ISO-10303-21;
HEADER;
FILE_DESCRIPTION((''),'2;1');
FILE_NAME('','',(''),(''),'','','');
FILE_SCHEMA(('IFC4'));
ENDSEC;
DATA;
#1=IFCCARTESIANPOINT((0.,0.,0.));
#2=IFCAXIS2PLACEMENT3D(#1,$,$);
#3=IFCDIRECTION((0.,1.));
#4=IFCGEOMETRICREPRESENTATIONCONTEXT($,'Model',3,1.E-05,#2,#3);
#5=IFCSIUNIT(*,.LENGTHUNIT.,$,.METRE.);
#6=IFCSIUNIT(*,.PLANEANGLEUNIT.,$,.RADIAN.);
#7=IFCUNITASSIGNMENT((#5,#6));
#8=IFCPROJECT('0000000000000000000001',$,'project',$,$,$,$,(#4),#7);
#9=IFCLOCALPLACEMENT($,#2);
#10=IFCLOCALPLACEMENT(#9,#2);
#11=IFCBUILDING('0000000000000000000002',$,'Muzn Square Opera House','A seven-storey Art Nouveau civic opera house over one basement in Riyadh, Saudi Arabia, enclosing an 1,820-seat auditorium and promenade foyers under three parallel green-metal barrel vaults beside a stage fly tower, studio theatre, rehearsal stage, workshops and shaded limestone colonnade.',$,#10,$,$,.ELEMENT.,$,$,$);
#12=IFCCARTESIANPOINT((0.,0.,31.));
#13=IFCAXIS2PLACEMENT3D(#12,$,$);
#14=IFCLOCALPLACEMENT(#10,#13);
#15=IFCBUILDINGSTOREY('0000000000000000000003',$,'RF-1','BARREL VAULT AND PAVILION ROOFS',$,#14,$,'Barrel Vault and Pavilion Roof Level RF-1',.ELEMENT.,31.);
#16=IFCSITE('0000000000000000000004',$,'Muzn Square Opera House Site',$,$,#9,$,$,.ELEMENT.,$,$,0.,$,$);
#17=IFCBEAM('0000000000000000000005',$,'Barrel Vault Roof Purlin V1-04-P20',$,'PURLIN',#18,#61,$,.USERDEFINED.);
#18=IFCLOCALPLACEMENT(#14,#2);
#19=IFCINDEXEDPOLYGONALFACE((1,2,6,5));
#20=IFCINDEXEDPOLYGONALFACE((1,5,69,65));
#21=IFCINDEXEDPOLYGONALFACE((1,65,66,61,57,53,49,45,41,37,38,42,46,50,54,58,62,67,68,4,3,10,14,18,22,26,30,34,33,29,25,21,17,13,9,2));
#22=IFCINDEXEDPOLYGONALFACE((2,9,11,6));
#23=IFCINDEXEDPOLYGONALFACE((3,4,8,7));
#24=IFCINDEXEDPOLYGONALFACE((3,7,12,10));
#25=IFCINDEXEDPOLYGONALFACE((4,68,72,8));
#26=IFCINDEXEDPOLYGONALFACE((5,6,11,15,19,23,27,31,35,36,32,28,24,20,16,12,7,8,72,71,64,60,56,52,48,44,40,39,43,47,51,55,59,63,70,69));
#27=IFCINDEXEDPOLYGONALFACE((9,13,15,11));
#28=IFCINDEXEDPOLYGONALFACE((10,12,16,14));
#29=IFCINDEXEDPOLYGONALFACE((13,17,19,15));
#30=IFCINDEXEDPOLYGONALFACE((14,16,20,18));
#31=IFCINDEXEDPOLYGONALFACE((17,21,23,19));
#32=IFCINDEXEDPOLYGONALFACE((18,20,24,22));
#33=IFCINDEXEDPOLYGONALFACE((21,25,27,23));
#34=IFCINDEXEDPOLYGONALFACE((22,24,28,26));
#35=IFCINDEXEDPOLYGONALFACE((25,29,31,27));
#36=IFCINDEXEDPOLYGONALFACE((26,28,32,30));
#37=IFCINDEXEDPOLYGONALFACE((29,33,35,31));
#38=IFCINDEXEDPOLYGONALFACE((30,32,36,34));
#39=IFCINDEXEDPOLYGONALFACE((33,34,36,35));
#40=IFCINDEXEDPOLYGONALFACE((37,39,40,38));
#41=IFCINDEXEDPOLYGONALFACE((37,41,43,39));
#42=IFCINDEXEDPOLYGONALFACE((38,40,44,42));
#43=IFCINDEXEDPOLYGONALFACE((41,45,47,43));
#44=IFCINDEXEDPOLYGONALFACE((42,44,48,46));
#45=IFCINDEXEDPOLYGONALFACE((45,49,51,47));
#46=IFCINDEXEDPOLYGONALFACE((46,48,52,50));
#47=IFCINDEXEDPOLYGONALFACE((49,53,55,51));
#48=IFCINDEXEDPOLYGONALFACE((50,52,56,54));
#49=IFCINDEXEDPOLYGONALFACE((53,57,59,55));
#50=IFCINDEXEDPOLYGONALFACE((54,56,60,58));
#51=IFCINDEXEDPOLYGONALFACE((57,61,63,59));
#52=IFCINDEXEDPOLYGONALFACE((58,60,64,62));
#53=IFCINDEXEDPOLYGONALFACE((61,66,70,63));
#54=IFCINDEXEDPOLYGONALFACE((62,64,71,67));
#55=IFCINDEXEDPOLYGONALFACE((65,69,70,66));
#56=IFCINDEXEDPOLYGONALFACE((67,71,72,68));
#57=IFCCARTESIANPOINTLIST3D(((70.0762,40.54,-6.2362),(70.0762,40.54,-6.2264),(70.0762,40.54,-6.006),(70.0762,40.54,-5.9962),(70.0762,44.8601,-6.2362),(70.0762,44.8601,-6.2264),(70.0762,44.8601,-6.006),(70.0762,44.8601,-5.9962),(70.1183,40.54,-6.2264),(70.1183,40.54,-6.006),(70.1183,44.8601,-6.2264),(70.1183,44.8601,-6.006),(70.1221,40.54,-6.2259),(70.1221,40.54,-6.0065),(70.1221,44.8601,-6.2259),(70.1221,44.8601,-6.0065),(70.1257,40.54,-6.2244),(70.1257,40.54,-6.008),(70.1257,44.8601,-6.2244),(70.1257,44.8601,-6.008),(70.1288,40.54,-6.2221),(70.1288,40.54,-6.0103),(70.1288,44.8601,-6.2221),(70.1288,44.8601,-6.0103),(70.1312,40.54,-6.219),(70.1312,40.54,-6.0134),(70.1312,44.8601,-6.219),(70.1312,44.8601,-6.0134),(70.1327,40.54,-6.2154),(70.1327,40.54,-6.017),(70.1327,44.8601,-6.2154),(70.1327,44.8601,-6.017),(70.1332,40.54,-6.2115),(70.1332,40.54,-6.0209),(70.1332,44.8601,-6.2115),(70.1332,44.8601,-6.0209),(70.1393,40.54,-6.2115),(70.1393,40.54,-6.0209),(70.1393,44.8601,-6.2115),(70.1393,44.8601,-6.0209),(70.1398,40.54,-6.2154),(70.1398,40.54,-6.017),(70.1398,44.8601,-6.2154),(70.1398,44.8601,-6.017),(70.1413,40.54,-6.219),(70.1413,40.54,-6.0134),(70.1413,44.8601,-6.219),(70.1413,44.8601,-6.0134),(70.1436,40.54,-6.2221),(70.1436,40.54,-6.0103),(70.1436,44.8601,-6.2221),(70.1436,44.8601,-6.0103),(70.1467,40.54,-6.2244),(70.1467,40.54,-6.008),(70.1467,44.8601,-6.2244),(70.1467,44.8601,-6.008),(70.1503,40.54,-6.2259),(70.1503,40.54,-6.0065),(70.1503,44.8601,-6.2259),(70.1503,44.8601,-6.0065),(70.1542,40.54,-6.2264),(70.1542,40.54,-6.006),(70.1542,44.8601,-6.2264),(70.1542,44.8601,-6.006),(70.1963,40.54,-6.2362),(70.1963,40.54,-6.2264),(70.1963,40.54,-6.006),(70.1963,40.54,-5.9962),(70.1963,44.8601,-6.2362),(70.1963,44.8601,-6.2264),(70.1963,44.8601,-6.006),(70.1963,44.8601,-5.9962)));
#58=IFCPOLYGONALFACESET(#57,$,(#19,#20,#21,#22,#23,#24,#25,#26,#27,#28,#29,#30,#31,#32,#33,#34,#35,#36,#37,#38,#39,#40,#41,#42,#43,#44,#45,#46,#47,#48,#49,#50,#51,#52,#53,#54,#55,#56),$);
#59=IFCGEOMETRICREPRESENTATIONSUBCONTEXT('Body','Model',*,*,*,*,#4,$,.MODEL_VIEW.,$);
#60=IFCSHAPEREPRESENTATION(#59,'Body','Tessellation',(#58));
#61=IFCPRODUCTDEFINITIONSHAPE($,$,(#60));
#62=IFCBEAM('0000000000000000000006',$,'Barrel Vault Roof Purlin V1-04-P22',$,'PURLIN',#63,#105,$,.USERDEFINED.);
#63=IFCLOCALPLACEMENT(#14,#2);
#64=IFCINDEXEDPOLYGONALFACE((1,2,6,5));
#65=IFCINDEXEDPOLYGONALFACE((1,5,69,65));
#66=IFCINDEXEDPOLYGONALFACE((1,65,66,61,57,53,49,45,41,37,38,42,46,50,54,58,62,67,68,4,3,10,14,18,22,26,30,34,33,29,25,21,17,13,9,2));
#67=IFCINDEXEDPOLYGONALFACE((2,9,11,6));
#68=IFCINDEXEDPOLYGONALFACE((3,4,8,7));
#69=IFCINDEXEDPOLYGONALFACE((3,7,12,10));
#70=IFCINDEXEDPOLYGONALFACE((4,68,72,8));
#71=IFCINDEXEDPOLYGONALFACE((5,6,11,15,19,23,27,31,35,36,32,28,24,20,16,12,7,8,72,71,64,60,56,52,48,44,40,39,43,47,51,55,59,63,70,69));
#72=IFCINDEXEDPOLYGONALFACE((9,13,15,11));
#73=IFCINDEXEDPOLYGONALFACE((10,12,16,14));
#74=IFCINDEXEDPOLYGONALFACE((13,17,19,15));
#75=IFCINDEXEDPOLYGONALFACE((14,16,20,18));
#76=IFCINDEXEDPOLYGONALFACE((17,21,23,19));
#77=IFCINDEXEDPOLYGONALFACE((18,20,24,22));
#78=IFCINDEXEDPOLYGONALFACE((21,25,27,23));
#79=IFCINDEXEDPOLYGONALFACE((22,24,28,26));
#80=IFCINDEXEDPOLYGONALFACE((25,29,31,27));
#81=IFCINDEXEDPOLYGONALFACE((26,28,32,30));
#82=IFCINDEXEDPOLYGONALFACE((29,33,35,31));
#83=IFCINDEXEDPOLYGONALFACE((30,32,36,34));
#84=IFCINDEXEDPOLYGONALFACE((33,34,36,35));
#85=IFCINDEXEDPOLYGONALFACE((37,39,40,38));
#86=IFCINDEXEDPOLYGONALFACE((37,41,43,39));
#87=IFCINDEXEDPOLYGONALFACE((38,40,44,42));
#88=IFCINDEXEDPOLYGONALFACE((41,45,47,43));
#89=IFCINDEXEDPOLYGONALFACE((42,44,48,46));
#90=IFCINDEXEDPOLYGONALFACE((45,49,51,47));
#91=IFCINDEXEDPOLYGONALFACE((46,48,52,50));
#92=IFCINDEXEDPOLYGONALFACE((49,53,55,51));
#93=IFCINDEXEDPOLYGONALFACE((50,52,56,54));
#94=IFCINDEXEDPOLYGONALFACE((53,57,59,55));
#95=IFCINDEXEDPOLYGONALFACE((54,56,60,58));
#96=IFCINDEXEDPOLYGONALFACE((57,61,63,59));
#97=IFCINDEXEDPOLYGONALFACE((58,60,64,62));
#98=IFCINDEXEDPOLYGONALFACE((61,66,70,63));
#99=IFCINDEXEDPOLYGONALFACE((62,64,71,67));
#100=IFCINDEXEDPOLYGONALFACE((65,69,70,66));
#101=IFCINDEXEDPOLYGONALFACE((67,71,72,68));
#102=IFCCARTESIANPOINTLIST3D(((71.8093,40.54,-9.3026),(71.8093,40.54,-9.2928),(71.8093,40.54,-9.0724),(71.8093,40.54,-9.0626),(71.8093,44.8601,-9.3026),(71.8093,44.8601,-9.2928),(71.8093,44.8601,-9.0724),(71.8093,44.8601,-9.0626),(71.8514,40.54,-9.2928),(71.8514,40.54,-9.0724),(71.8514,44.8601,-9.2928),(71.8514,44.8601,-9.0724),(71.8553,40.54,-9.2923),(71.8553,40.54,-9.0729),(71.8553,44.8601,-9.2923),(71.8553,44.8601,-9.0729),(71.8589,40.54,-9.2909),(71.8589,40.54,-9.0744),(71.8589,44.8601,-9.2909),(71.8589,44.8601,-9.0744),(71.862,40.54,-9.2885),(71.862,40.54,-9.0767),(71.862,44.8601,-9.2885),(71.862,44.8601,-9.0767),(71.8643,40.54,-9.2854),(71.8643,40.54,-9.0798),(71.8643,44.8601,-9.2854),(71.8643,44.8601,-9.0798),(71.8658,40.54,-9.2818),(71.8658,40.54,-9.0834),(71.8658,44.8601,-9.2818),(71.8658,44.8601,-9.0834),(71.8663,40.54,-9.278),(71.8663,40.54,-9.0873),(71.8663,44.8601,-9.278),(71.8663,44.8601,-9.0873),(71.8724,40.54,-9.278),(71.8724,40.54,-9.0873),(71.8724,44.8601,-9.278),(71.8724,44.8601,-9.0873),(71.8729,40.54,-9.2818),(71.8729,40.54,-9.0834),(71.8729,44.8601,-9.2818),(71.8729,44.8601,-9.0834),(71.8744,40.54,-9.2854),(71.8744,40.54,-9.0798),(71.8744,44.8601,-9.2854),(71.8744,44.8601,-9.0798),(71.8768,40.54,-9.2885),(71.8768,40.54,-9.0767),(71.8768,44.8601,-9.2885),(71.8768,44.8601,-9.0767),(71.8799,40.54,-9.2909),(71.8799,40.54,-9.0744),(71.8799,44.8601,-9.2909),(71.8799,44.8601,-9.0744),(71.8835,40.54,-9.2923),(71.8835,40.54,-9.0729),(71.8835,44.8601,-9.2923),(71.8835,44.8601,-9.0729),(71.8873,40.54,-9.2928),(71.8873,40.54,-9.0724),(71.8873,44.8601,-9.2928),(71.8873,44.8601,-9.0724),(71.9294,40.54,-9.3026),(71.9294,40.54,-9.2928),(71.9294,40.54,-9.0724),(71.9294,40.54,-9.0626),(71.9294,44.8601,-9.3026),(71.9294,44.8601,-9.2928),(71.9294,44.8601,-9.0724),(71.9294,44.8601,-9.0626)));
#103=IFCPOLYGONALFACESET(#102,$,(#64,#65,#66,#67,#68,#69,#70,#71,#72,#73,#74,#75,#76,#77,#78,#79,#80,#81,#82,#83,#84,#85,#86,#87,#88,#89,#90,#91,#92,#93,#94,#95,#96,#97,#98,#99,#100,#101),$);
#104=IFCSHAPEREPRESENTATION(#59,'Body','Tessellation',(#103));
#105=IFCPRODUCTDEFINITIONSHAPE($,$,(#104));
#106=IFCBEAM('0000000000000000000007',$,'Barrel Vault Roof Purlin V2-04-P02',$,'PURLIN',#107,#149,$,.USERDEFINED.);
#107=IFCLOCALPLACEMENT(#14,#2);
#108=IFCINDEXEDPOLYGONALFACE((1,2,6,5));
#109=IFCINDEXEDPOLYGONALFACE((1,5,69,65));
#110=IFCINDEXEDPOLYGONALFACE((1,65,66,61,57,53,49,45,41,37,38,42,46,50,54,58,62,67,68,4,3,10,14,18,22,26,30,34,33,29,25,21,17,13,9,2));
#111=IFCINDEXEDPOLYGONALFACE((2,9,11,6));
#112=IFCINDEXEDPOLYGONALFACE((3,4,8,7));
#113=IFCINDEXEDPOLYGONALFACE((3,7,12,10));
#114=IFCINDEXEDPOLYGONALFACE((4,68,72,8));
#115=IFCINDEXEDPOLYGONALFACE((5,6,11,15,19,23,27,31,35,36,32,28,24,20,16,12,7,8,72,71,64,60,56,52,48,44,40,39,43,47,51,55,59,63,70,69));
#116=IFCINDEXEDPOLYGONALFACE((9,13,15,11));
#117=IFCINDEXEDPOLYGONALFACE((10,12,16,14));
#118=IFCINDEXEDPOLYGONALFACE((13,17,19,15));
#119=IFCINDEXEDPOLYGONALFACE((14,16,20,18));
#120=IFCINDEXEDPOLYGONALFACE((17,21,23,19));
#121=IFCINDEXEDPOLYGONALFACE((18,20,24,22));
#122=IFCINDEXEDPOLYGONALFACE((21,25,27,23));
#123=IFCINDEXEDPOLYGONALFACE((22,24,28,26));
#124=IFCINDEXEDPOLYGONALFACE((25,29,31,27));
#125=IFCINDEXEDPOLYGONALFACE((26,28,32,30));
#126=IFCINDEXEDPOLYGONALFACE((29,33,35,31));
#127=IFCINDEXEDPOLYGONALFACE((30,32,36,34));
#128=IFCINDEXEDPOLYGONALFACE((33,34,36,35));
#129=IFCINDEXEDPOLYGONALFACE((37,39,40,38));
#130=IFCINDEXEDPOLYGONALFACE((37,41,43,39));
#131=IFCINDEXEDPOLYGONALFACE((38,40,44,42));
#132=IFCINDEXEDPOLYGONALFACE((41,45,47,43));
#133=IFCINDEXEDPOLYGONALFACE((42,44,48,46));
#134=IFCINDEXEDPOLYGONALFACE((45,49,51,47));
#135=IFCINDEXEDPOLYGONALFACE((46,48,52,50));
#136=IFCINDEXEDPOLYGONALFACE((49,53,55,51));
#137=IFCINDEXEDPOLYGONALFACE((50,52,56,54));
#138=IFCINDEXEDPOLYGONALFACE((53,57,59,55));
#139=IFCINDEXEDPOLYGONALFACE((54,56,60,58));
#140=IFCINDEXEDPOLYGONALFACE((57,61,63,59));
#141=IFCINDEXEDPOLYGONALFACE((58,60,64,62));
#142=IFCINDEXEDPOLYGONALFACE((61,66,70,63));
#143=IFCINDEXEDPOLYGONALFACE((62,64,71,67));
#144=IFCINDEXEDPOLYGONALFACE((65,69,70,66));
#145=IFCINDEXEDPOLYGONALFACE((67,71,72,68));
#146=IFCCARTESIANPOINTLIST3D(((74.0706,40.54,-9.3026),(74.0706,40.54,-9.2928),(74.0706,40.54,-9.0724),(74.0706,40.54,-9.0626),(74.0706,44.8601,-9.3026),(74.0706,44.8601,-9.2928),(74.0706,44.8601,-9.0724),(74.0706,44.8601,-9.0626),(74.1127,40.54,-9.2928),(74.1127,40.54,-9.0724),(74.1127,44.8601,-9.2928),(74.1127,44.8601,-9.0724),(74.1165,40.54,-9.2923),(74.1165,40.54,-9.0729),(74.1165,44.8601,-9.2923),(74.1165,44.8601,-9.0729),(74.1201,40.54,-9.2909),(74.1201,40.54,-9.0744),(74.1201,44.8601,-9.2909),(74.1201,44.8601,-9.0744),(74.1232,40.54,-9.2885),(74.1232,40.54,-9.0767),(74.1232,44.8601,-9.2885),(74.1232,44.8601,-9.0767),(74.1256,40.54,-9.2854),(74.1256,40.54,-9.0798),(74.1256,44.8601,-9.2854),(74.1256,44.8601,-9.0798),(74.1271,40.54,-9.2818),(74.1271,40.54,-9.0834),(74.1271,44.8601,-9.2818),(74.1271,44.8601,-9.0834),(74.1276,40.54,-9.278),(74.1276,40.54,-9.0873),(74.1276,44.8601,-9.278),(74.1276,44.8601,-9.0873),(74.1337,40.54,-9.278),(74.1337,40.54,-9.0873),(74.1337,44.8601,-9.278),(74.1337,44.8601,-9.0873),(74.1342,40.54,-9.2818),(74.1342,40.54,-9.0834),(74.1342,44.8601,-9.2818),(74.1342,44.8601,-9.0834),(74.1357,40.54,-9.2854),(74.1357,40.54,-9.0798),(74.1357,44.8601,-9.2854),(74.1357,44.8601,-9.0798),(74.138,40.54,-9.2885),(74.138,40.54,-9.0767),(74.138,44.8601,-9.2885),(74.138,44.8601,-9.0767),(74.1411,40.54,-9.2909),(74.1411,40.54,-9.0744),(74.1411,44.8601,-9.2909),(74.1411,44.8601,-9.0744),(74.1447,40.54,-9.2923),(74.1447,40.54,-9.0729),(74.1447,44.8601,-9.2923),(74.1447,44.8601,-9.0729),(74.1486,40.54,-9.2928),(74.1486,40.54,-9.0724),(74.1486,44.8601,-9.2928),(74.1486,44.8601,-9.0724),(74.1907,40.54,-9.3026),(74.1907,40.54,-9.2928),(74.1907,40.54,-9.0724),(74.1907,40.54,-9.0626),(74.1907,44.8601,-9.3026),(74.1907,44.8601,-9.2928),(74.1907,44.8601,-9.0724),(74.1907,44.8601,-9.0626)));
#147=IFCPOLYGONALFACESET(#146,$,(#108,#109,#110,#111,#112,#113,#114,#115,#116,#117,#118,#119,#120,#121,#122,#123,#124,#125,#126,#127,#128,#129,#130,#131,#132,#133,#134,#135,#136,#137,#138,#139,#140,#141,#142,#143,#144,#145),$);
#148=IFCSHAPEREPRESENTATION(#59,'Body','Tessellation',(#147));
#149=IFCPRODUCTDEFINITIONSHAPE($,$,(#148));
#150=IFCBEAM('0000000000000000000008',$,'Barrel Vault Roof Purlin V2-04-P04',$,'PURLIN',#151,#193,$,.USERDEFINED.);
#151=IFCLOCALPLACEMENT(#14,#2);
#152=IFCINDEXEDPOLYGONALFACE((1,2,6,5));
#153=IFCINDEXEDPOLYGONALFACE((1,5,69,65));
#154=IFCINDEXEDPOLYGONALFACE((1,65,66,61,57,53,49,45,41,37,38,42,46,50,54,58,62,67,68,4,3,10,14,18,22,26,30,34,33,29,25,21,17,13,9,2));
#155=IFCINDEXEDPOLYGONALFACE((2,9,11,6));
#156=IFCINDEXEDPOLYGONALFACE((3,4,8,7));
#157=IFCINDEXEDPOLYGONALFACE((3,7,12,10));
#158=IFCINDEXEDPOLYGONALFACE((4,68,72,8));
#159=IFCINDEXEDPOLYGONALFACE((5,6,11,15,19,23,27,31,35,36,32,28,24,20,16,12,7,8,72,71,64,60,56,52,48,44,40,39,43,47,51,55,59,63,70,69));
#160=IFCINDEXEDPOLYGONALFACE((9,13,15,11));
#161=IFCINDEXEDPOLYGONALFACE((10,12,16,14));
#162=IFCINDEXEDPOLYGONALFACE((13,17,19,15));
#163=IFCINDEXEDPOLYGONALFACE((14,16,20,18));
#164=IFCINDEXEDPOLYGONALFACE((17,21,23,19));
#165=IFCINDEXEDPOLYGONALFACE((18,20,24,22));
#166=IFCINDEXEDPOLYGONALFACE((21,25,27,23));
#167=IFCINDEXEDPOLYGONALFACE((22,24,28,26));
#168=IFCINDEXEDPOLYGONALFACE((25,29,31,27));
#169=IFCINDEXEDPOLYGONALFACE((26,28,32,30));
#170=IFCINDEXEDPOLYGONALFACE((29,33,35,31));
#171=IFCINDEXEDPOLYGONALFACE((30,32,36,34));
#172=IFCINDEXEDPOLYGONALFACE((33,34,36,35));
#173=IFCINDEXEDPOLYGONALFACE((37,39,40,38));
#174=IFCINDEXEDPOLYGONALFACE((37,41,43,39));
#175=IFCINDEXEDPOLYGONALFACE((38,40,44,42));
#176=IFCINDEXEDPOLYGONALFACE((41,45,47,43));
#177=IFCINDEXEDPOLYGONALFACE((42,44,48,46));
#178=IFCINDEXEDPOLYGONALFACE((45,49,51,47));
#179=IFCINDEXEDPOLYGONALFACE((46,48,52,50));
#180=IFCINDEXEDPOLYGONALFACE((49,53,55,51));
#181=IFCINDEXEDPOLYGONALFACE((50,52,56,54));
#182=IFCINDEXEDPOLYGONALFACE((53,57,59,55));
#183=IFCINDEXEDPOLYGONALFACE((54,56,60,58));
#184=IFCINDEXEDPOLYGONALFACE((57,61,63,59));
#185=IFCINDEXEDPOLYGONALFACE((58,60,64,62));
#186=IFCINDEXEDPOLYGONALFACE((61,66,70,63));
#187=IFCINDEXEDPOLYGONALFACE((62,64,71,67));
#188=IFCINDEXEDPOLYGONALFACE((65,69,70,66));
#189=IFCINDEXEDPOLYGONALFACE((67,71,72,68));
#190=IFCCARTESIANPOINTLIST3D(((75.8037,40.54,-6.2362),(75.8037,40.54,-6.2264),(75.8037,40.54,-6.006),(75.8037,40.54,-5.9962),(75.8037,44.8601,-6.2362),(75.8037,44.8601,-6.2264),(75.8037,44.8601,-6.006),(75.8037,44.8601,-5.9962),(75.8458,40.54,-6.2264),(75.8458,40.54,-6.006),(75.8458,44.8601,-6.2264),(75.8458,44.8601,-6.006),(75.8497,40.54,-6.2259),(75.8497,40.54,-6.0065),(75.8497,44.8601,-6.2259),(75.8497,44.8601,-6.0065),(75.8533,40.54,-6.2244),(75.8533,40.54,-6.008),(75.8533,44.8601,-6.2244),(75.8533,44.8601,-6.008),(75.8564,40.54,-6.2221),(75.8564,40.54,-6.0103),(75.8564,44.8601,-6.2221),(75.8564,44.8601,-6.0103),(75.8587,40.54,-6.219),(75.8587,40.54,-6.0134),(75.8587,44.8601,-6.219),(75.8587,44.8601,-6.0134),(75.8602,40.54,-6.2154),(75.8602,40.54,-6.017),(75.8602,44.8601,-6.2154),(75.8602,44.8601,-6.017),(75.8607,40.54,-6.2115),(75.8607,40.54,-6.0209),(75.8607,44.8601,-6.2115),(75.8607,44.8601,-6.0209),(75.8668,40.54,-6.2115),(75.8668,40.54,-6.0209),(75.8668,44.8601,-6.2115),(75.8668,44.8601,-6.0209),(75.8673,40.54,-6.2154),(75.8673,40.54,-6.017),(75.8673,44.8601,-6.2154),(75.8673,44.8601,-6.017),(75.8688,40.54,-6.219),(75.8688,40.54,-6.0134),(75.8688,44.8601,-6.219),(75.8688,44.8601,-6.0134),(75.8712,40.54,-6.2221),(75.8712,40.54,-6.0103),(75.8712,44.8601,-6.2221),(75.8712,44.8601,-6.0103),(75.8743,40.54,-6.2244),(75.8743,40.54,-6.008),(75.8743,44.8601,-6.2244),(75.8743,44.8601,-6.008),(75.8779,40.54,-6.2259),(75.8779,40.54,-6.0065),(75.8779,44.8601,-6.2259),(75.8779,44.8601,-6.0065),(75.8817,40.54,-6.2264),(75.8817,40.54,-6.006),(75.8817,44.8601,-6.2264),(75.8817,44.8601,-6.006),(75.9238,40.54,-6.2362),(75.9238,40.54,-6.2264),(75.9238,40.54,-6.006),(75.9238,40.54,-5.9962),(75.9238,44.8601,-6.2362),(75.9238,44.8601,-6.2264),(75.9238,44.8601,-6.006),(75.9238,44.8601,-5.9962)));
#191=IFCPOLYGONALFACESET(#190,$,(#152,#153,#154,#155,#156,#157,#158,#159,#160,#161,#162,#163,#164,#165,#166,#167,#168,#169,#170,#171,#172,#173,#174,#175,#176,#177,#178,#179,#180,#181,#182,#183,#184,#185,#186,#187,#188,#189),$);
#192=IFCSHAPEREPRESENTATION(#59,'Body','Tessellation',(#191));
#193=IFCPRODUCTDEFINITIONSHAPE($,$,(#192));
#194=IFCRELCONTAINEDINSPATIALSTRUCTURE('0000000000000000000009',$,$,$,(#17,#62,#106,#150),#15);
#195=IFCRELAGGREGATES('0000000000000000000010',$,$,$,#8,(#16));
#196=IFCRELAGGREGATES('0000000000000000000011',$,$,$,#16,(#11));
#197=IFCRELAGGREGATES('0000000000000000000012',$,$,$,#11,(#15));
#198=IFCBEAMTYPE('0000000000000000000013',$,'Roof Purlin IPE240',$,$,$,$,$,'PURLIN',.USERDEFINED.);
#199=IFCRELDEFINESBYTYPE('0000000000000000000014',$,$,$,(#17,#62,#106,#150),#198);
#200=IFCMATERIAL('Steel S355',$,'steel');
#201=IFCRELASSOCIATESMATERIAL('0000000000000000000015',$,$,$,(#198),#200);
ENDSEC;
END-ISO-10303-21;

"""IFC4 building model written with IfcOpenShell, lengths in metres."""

from ifc_helpers import new_model, si_unit, direction, frame, origin, origin_2d, place, context, subcontext, project, spatial, i_section, extrude, material, material_profile, profile_set, type_object, element, save


model = new_model("IFC4")

# Units and contexts
model_context = context("Model", 3, precision=1e-05, world=origin(), true_north=direction((0.0, 1.0)))
body_context = subcontext(model_context, "Body", "Model", "MODEL_VIEW")
ifc_project = project(units=[si_unit("LENGTHUNIT", "METRE"), si_unit("PLANEANGLEUNIT", "RADIAN")], contexts=[model_context])

# Site, building, storey
site_placement = place(None, origin())
site = spatial("IfcSite", under=ifc_project, at=site_placement, Name="Muzn Square Opera House Site", CompositionType="ELEMENT", RefElevation=0.0)
building_placement = place(site_placement, origin())
building = spatial("IfcBuilding", under=site, at=building_placement, Name="Muzn Square Opera House", Description="A seven-storey Art Nouveau civic opera house over one basement in Riyadh, Saudi Arabia, enclosing an 1,820-seat auditorium and promenade foyers under three parallel green-metal barrel vaults beside a stage fly tower, studio theatre, rehearsal stage, workshops and shaded limestone colonnade.", CompositionType="ELEMENT")
storey_placement = place(building_placement, frame((0.0, 0.0, 31.0)))
storey = spatial("IfcBuildingStorey", under=building, at=storey_placement, Name="RF-1", Description="BARREL VAULT AND PAVILION ROOFS", LongName="Barrel Vault and Pavilion Roof Level RF-1", CompositionType="ELEMENT", Elevation=31.0)

# Beams
ifc_material_1 = material(Name="Steel S355", Category="steel")
ifc_material_profile_1 = material_profile(ifc_material_1, i_section(OverallWidth=0.1201, OverallDepth=0.24, WebThickness=0.0061, FlangeThickness=0.0098, FilletRadius=0.0149, at=origin_2d()), Name="IPE 240", Category="steel")
ifc_profile_set_1 = profile_set([ifc_material_profile_1], Name="Steel S355")
beam_type_1 = type_object("IfcBeamType", Name="Roof Purlin IPE240", ElementType="PURLIN", PredefinedType="USERDEFINED", material=ifc_profile_set_1)
for number, where, z_axis, x_axis, name in (
    (1, (70.1362, 40.54, -6.1162), (0.0, 1.0, 0.0), (-1.0, 0.0, 0.0), "Barrel Vault Roof Purlin V1-04-P20"),
    (2, (71.8694, 40.54, -9.1826), (0.0, 1.0, 0.0), (-1.0, 0.0, 0.0), "Barrel Vault Roof Purlin V1-04-P22"),
    (3, (74.1306, 40.54, -9.1826), (0.0, 1.0, 0.0), (-1.0, 0.0, 0.0), "Barrel Vault Roof Purlin V2-04-P02"),
    (4, (75.8638, 40.54, -6.1162), (0.0, 1.0, 0.0), (-1.0, 0.0, 0.0), "Barrel Vault Roof Purlin V2-04-P04"),
):
    element("IfcBeam", number, at=place(storey_placement, frame(where, z_axis=z_axis, x_axis=x_axis)), inside=storey, type_object=beam_type_1, Name=name, ObjectType="PURLIN", PredefinedType="USERDEFINED", context=body_context, shape_type="SweptSolid", body=[
        extrude(i_section(OverallWidth=0.1201, OverallDepth=0.24, WebThickness=0.0061, FlangeThickness=0.0098, FilletRadius=0.0149, at=origin_2d()), origin(), (0.0, 0.0, 1.0), 4.3201),
    ])

save(model, "model.ifc")
